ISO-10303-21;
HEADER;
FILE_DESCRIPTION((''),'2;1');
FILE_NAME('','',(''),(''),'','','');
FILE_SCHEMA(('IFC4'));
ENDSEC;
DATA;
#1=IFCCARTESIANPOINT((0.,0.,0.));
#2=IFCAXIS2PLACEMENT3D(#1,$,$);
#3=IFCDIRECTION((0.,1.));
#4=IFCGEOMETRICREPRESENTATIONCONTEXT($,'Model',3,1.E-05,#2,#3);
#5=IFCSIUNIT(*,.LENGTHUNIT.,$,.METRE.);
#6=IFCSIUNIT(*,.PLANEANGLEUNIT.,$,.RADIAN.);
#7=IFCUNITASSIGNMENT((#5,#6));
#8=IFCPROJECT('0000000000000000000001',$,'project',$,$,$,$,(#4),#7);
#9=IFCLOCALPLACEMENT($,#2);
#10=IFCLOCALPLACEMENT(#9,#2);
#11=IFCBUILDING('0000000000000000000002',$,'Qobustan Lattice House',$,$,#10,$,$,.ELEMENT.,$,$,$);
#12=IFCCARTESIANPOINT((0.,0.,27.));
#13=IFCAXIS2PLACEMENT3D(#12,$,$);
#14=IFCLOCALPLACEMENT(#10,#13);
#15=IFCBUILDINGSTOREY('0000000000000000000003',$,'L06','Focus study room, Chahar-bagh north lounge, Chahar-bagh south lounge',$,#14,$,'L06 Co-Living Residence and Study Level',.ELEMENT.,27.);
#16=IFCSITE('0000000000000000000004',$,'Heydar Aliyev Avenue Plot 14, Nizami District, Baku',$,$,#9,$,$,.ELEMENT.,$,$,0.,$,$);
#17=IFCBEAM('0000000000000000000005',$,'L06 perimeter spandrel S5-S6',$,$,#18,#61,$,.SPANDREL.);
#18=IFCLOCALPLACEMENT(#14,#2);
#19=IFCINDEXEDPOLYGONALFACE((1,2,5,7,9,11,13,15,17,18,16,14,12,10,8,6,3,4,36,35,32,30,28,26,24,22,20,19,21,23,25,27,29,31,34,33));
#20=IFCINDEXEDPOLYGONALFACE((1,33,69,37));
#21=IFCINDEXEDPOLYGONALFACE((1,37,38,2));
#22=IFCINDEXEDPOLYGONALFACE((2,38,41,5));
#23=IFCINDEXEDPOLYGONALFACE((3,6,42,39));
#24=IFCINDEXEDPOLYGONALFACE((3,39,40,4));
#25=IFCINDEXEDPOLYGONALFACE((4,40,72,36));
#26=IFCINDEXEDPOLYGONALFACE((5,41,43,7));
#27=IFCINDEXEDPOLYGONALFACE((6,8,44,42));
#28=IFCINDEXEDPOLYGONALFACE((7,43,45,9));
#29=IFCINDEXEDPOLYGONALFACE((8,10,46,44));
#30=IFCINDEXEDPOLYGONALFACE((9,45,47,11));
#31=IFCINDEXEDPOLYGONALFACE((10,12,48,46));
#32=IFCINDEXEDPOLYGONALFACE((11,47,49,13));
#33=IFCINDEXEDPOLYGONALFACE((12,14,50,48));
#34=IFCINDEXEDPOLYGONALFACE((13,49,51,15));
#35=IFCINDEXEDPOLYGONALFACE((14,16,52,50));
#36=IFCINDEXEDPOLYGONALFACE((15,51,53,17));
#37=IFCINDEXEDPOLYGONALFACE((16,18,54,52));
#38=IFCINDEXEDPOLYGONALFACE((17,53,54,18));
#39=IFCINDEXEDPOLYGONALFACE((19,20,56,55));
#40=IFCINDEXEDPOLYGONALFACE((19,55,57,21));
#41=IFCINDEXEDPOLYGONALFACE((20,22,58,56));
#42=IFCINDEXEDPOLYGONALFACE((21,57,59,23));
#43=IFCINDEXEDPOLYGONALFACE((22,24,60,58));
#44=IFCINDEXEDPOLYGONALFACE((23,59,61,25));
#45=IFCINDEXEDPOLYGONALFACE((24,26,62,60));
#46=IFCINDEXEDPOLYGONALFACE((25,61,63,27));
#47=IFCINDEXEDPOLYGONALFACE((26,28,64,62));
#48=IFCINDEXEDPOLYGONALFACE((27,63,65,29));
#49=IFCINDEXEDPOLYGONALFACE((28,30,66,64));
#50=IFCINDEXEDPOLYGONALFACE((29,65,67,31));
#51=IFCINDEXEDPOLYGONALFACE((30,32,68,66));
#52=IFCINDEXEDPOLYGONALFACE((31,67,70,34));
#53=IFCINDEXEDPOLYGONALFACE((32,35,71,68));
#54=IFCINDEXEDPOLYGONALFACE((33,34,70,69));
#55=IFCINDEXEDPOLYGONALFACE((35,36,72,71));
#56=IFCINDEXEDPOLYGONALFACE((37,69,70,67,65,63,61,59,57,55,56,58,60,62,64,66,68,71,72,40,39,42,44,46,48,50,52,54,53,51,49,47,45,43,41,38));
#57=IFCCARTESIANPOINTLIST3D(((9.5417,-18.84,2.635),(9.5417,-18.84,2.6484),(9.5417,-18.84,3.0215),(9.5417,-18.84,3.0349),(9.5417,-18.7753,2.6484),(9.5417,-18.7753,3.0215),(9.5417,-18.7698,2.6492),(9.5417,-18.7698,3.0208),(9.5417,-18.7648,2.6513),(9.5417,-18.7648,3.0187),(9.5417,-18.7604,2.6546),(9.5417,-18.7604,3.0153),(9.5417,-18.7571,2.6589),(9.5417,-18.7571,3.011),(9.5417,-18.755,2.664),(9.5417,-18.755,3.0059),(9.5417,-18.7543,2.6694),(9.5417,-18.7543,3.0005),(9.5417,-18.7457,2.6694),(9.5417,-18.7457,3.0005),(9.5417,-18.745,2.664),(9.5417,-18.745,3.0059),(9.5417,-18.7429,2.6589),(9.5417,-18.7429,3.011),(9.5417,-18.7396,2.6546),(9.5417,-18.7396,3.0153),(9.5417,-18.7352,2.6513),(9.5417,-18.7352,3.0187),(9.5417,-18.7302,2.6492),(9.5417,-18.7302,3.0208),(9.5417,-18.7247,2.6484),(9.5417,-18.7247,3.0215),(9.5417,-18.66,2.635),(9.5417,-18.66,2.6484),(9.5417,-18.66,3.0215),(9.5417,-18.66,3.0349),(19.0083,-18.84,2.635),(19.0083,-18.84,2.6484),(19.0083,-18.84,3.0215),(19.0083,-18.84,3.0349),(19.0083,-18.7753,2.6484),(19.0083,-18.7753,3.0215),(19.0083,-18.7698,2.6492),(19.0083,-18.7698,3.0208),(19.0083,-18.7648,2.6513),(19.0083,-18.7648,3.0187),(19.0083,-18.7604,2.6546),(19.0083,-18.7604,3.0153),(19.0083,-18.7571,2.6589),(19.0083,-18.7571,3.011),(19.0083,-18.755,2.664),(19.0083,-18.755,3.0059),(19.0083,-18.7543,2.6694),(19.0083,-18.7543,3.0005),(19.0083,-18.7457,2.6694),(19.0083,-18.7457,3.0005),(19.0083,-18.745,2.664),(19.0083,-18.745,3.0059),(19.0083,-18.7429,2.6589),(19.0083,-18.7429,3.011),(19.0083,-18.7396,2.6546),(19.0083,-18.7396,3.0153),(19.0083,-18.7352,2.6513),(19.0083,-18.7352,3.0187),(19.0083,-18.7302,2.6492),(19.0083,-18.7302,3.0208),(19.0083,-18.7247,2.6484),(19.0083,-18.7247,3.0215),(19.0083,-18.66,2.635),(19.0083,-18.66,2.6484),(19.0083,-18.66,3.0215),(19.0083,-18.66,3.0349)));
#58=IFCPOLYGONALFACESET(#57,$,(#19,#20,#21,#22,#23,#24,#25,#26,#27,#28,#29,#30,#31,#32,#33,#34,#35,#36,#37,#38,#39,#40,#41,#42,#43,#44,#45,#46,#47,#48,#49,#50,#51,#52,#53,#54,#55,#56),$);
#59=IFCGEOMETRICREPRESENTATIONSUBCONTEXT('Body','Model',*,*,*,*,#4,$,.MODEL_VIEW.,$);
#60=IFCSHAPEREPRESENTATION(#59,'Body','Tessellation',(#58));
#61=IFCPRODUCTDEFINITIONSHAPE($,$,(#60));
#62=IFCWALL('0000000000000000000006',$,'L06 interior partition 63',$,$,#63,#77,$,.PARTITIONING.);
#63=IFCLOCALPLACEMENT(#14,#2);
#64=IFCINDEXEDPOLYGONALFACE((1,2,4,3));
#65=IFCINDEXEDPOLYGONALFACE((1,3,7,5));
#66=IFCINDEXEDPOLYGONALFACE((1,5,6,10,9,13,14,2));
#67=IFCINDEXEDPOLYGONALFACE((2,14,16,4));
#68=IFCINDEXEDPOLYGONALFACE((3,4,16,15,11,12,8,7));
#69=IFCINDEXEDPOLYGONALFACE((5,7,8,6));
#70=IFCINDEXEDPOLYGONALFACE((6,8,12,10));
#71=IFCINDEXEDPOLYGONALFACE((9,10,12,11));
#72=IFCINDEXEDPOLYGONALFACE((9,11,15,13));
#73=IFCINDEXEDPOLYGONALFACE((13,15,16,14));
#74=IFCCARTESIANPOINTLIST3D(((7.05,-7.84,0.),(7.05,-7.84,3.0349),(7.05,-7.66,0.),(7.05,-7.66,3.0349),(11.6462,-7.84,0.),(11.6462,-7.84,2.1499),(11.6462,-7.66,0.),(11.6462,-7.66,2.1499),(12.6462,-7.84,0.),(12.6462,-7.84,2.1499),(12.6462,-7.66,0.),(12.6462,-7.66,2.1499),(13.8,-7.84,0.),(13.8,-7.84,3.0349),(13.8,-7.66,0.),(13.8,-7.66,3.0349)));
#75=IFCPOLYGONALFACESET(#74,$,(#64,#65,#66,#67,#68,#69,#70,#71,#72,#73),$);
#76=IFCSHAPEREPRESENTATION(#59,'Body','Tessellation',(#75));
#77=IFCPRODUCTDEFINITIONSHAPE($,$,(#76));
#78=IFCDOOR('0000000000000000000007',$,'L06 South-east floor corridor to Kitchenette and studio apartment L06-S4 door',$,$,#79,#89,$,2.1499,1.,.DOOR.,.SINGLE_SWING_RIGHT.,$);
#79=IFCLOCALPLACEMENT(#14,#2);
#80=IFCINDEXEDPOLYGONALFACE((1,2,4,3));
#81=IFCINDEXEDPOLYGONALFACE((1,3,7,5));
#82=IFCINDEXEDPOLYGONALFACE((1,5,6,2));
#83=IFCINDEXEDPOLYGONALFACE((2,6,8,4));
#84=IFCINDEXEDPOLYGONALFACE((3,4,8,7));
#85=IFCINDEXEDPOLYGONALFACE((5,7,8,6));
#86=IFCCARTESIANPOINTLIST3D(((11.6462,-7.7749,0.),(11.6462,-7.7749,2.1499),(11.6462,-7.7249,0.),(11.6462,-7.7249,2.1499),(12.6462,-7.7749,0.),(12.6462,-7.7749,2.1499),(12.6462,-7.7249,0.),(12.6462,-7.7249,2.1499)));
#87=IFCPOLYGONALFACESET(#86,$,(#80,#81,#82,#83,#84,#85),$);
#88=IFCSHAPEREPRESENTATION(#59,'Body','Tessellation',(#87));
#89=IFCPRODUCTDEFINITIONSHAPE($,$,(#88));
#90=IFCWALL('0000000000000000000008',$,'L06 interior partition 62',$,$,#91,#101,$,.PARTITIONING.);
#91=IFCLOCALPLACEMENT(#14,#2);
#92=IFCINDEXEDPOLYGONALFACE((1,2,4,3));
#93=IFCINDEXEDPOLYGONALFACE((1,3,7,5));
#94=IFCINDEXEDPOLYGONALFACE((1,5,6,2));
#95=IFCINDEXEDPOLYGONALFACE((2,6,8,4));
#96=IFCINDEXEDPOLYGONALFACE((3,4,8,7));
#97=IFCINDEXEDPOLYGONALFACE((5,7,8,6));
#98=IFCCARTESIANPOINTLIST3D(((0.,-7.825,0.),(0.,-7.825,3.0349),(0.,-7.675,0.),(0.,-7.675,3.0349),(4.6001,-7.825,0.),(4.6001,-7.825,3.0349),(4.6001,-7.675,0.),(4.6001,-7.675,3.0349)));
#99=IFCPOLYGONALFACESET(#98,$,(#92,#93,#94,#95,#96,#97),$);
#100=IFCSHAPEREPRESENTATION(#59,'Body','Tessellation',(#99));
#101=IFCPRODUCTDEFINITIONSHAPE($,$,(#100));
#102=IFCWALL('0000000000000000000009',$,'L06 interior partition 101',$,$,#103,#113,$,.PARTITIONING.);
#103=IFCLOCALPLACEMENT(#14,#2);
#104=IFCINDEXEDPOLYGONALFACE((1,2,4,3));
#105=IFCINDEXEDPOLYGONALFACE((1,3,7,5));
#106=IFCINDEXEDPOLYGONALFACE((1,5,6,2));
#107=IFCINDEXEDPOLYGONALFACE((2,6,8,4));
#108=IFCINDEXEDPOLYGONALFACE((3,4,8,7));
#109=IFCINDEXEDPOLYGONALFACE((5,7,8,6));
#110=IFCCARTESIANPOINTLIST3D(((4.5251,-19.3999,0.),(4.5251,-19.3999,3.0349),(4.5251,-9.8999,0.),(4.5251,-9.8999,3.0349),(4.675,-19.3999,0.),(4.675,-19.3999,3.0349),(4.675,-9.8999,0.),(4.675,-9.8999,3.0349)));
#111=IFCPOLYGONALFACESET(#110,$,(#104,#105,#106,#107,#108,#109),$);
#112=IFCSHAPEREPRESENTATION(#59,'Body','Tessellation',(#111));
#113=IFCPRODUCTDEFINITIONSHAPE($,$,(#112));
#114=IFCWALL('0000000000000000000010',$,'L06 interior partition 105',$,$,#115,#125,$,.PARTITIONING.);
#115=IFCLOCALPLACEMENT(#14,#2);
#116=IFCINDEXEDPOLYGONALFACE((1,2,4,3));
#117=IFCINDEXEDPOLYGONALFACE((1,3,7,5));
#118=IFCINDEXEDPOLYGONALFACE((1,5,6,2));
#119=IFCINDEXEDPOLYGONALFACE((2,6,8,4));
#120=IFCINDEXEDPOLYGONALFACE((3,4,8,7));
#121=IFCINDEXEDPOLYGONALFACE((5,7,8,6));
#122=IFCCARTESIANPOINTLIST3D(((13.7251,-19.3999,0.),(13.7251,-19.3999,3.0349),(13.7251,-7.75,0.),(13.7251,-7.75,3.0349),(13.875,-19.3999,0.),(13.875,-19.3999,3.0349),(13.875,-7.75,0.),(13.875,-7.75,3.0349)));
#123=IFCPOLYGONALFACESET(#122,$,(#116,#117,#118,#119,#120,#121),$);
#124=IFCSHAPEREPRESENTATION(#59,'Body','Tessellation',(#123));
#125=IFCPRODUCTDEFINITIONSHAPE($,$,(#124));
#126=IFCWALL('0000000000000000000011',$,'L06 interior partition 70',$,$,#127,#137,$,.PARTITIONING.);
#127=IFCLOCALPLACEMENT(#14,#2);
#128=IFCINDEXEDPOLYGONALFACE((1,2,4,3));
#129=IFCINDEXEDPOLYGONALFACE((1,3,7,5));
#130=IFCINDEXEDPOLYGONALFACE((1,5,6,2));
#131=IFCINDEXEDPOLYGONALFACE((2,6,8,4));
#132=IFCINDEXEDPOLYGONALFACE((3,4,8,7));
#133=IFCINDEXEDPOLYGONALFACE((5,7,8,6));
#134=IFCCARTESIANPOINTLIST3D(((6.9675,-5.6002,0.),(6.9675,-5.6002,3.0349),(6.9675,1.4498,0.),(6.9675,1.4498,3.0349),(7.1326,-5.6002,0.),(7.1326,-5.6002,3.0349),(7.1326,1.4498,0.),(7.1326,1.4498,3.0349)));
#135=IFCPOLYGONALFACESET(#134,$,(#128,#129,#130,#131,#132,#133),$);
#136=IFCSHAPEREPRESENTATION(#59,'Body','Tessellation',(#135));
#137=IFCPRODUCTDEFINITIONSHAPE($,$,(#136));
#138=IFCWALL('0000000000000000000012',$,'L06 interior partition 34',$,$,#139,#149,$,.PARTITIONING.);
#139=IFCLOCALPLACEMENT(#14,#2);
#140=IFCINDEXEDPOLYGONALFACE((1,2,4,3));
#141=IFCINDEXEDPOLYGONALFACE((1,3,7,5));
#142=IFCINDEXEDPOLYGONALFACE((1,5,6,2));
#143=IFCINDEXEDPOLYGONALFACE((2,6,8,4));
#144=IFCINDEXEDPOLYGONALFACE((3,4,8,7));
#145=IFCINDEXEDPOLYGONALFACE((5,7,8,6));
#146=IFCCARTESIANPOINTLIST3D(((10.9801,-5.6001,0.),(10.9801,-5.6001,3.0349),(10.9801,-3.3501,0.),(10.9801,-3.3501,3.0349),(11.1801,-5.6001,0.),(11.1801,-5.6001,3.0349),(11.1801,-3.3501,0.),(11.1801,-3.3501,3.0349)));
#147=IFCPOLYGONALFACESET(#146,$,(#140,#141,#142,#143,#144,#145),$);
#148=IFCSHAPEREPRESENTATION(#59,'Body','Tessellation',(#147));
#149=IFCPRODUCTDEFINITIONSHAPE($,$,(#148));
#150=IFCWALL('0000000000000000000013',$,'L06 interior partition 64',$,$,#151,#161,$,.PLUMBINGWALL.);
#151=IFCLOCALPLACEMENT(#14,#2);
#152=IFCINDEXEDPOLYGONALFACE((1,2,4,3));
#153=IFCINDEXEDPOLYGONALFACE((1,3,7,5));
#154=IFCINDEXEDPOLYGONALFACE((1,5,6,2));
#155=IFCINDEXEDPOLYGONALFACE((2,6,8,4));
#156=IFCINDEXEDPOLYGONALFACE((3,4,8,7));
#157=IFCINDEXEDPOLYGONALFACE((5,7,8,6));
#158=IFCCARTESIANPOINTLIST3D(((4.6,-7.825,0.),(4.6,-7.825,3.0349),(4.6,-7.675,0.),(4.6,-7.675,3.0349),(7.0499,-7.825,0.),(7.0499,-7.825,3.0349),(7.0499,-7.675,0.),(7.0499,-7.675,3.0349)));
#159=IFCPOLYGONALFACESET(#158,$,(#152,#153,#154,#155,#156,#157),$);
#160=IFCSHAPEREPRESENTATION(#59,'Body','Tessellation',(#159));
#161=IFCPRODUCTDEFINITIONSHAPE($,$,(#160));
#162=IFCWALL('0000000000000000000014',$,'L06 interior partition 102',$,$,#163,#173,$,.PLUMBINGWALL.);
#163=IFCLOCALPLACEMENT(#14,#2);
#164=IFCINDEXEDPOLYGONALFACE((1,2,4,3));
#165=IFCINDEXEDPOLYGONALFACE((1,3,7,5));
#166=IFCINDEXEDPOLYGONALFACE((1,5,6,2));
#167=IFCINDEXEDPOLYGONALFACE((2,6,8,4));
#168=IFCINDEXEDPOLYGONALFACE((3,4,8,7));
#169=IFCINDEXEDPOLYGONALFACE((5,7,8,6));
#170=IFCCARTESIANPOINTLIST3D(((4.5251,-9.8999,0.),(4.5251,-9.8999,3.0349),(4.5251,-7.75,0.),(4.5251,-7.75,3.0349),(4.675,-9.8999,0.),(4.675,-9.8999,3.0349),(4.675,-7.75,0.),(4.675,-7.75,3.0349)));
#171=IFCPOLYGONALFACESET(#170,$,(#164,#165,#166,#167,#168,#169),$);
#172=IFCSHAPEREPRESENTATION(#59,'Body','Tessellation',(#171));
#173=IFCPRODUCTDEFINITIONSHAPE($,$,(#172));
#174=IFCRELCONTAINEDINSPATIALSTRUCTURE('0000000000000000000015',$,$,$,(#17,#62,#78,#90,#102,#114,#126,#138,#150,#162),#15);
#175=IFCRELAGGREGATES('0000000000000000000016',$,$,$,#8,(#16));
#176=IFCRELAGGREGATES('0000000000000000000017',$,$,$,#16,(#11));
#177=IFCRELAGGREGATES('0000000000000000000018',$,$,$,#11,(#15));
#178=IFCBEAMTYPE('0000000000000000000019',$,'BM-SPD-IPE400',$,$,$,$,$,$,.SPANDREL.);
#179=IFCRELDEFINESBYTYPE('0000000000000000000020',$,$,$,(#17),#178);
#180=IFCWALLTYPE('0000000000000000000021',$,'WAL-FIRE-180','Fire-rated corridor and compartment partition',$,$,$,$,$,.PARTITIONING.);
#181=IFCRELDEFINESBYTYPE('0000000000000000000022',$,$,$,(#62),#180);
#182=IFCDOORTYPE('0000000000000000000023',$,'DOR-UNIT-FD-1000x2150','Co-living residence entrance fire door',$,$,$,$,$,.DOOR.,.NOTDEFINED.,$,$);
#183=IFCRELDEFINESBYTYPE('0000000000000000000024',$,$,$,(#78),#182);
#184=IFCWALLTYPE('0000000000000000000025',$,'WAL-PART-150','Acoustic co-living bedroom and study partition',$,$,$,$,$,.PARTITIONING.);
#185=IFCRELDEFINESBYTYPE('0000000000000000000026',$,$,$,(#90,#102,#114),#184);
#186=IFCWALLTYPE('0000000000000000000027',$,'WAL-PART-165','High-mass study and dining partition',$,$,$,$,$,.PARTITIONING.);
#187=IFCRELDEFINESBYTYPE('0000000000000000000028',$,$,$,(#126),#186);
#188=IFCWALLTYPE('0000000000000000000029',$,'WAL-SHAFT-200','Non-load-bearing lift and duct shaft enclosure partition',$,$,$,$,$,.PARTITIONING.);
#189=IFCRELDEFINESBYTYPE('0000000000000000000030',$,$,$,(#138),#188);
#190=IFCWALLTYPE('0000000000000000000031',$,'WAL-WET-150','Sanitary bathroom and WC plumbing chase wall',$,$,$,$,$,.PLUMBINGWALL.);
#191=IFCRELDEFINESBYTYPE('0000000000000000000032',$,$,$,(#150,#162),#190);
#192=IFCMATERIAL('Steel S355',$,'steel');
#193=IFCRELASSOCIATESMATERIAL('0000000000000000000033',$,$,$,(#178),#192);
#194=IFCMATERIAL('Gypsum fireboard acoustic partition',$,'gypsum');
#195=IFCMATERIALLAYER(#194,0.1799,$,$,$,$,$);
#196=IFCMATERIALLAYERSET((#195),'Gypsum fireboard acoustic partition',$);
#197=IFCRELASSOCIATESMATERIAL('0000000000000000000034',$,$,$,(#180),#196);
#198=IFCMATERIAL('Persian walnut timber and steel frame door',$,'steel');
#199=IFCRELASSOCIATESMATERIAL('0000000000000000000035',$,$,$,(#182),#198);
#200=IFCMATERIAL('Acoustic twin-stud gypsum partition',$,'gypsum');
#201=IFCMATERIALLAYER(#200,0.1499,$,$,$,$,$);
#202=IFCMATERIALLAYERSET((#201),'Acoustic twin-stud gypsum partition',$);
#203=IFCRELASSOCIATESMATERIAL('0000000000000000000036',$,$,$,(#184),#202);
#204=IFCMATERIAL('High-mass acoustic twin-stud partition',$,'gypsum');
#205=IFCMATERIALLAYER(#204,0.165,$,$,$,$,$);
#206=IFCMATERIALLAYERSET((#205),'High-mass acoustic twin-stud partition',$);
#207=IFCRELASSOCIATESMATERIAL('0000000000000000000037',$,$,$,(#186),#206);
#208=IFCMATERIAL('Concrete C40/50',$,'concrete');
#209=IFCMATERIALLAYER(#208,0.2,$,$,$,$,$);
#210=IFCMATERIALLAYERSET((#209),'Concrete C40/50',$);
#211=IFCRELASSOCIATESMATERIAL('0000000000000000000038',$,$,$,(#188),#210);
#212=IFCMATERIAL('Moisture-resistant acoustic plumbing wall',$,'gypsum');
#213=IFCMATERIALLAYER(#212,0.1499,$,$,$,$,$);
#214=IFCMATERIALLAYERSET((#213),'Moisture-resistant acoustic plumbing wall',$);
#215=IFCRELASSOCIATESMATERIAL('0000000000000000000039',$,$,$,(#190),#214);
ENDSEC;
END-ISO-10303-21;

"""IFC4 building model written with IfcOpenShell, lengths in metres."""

from ifc_helpers import new_model, si_unit, direction, frame, frame_2d, origin, origin_2d, place, context, subcontext, project, spatial, rectangle, i_section, extrude, material, layer, layer_set, material_profile, profile_set, type_object, element, fill, save


model = new_model("IFC4")

# Units and contexts
model_context = context("Model", 3, precision=1e-05, world=origin(), true_north=direction((0.0, 1.0)))
body_context = subcontext(model_context, "Body", "Model", "MODEL_VIEW")
ifc_project = project(units=[si_unit("LENGTHUNIT", "METRE"), si_unit("PLANEANGLEUNIT", "RADIAN")], contexts=[model_context])

# Site, building, storey
site_placement = place(None, origin())
site = spatial("IfcSite", under=ifc_project, at=site_placement, Name="Heydar Aliyev Avenue Plot 14, Nizami District, Baku", CompositionType="ELEMENT", RefElevation=0.0)
building_placement = place(site_placement, origin())
building = spatial("IfcBuilding", under=site, at=building_placement, Name="Qobustan Lattice House", CompositionType="ELEMENT")
storey_placement = place(building_placement, frame((0.0, 0.0, 27.0)))
storey = spatial("IfcBuildingStorey", under=building, at=storey_placement, Name="L06", Description="Focus study room, Chahar-bagh north lounge, Chahar-bagh south lounge", LongName="L06 Co-Living Residence and Study Level", CompositionType="ELEMENT", Elevation=27.0)

# Beam
ifc_material_1 = material(Name="Steel S355", Category="steel")
ifc_material_profile_1 = material_profile(ifc_material_1, i_section(OverallWidth=0.1799, OverallDepth=0.3999, WebThickness=0.0085, FlangeThickness=0.0134, FilletRadius=0.021, at=origin_2d()), Name="IPE400")
ifc_profile_set_1 = profile_set([ifc_material_profile_1], Name="Steel S355")
beam_type_1 = type_object("IfcBeamType", Name="BM-SPD-IPE400", PredefinedType="SPANDREL", material=ifc_profile_set_1)
beam_1_placement = place(storey_placement, frame((9.5417, -18.75, 2.835), z_axis=(1.0, 0.0, 0.0), x_axis=(0.0, 1.0, 0.0)))
element("IfcBeam", 1, at=beam_1_placement, inside=storey, type_object=beam_type_1, Name="L06 perimeter spandrel S5-S6", PredefinedType="SPANDREL", context=body_context, shape_type="SweptSolid", body=[
    extrude(i_section(OverallWidth=0.1799, OverallDepth=0.3999, WebThickness=0.0085, FlangeThickness=0.0134, FilletRadius=0.021, at=origin_2d()), origin(), (0.0, 0.0, 1.0), 9.4666),
])

# Wall, opening, door
ifc_material_2 = material(Name="Gypsum fireboard acoustic partition", Category="gypsum")
ifc_layer_1 = layer(ifc_material_2, 0.1799)
ifc_layer_set_1 = layer_set([ifc_layer_1], Name="Gypsum fireboard acoustic partition")
wall_type_1 = type_object("IfcWallType", Name="WAL-FIRE-180", Description="Fire-rated corridor and compartment partition", PredefinedType="PARTITIONING", material=ifc_layer_set_1)
wall_1_placement = place(storey_placement, frame((13.8, -7.75, 0.0), z_axis=(0.0, 0.0, 1.0), x_axis=(-1.0, 0.0, 0.0)))
wall_1 = element("IfcWall", 2, at=wall_1_placement, inside=storey, type_object=wall_type_1, Name="L06 interior partition 63", PredefinedType="PARTITIONING", context=body_context, shape_type="SweptSolid", body=[
    extrude(rectangle(XDim=6.75, YDim=0.1799, at=frame_2d((3.375, 0.0))), origin(), (0.0, 0.0, 1.0), 3.0349),
])
opening_1_placement = place(wall_1_placement, frame((1.1538, 0.0, 0.0)))
opening_1 = element("IfcOpeningElement", 3, at=opening_1_placement, cuts=wall_1, PredefinedType="OPENING", context=body_context, shape_type="SweptSolid", body=[
    extrude(rectangle(XDim=1.0, YDim=2.1499, at=frame_2d((0.5, 1.075))), frame((0.0, 0.0999, 0.0), z_axis=(0.0, -1.0, 0.0), x_axis=(1.0, 0.0, 0.0)), (0.0, 0.0, 1.0), 0.2),
])
ifc_material_3 = material(Name="Persian walnut timber and steel frame door", Category="steel")
door_type_1 = type_object("IfcDoorType", Name="DOR-UNIT-FD-1000x2150", Description="Co-living residence entrance fire door", OperationType="NOTDEFINED", PredefinedType="DOOR", material=ifc_material_3)
door_1_placement = place(opening_1_placement, origin())
door_1 = element("IfcDoor", 4, at=door_1_placement, inside=storey, type_object=door_type_1, Name="L06 South-east floor corridor to Kitchenette and studio apartment L06-S4 door", OperationType="SINGLE_SWING_RIGHT", OverallHeight=2.1499, OverallWidth=1.0, PredefinedType="DOOR", context=body_context, shape_type="SweptSolid", body=[
    extrude(rectangle(XDim=1.0, YDim=2.1499, at=frame_2d((0.5, 1.075))), frame((0.0, 0.0249, 0.0), z_axis=(0.0, -1.0, 0.0), x_axis=(1.0, 0.0, 0.0)), (0.0, 0.0, 1.0), 0.05),
])
fill(opening_1, door_1)

# Wall
ifc_material_4 = material(Name="Acoustic twin-stud gypsum partition", Category="gypsum")
ifc_layer_2 = layer(ifc_material_4, 0.1499)
ifc_layer_set_2 = layer_set([ifc_layer_2], Name="Acoustic twin-stud gypsum partition")
wall_type_2 = type_object("IfcWallType", Name="WAL-PART-150", Description="Acoustic co-living bedroom and study partition", PredefinedType="PARTITIONING", material=ifc_layer_set_2)
wall_2_placement = place(storey_placement, frame((4.6001, -7.75, 0.0), z_axis=(0.0, 0.0, 1.0), x_axis=(-1.0, 0.0, 0.0)))
element("IfcWall", 5, at=wall_2_placement, inside=storey, type_object=wall_type_2, Name="L06 interior partition 62", PredefinedType="PARTITIONING", context=body_context, shape_type="SweptSolid", body=[
    extrude(rectangle(XDim=4.6001, YDim=0.1499, at=frame_2d((2.3, 0.0))), origin(), (0.0, 0.0, 1.0), 3.0349),
])

# Walls
wall_3_placement = place(storey_placement, frame((4.6001, -9.8999, 0.0), z_axis=(0.0, 0.0, 1.0), x_axis=(0.0, -1.0, 0.0)))
element("IfcWall", 6, at=wall_3_placement, inside=storey, type_object=wall_type_2, Name="L06 interior partition 101", PredefinedType="PARTITIONING", context=body_context, shape_type="SweptSolid", body=[
    extrude(rectangle(XDim=9.5, YDim=0.1499, at=frame_2d((4.75, 0.0))), origin(), (0.0, 0.0, 1.0), 3.0349),
])
wall_4_placement = place(storey_placement, frame((13.8, -7.75, 0.0), z_axis=(0.0, 0.0, 1.0), x_axis=(0.0, -1.0, 0.0)))
element("IfcWall", 7, at=wall_4_placement, inside=storey, type_object=wall_type_2, Name="L06 interior partition 105", PredefinedType="PARTITIONING", context=body_context, shape_type="SweptSolid", body=[
    extrude(rectangle(XDim=11.6499, YDim=0.1499, at=frame_2d((5.825, 0.0))), origin(), (0.0, 0.0, 1.0), 3.0349),
])
ifc_material_5 = material(Name="High-mass acoustic twin-stud partition", Category="gypsum")
ifc_layer_3 = layer(ifc_material_5, 0.165)
ifc_layer_set_3 = layer_set([ifc_layer_3], Name="High-mass acoustic twin-stud partition")
wall_type_3 = type_object("IfcWallType", Name="WAL-PART-165", Description="High-mass study and dining partition", PredefinedType="PARTITIONING", material=ifc_layer_set_3)
wall_5_placement = place(storey_placement, frame((7.05, -5.6001, 0.0), z_axis=(0.0, 0.0, 1.0), x_axis=(0.0, 1.0, 0.0)))
element("IfcWall", 8, at=wall_5_placement, inside=storey, type_object=wall_type_3, Name="L06 interior partition 70", PredefinedType="PARTITIONING", context=body_context, shape_type="SweptSolid", body=[
    extrude(rectangle(XDim=7.05, YDim=0.165, at=frame_2d((3.5249, 0.0))), origin(), (0.0, 0.0, 1.0), 3.0349),
])
ifc_material_6 = material(Name="Concrete C40/50", Category="concrete")
ifc_layer_4 = layer(ifc_material_6, 0.2)
ifc_layer_set_4 = layer_set([ifc_layer_4], Name="Concrete C40/50")
wall_type_4 = type_object("IfcWallType", Name="WAL-SHAFT-200", Description="Non-load-bearing lift and duct shaft enclosure partition", PredefinedType="PARTITIONING", material=ifc_layer_set_4)
wall_6_placement = place(storey_placement, frame((11.0801, -5.6001, 0.0), z_axis=(0.0, 0.0, 1.0), x_axis=(0.0, 1.0, 0.0)))
element("IfcWall", 9, at=wall_6_placement, inside=storey, type_object=wall_type_4, Name="L06 interior partition 34", PredefinedType="PARTITIONING", context=body_context, shape_type="SweptSolid", body=[
    extrude(rectangle(XDim=2.25, YDim=0.2, at=frame_2d((1.125, 0.0))), origin(), (0.0, 0.0, 1.0), 3.0349),
])
ifc_material_7 = material(Name="Moisture-resistant acoustic plumbing wall", Category="gypsum")
ifc_layer_5 = layer(ifc_material_7, 0.1499)
ifc_layer_set_5 = layer_set([ifc_layer_5], Name="Moisture-resistant acoustic plumbing wall")
wall_type_5 = type_object("IfcWallType", Name="WAL-WET-150", Description="Sanitary bathroom and WC plumbing chase wall", PredefinedType="PLUMBINGWALL", material=ifc_layer_set_5)
wall_7_placement = place(storey_placement, frame((7.05, -7.75, 0.0), z_axis=(0.0, 0.0, 1.0), x_axis=(-1.0, 0.0, 0.0)))
element("IfcWall", 10, at=wall_7_placement, inside=storey, type_object=wall_type_5, Name="L06 interior partition 64", PredefinedType="PLUMBINGWALL", context=body_context, shape_type="SweptSolid", body=[
    extrude(rectangle(XDim=2.45, YDim=0.1499, at=frame_2d((1.2251, 0.0))), origin(), (0.0, 0.0, 1.0), 3.0349),
])
wall_8_placement = place(storey_placement, frame((4.6001, -7.75, 0.0), z_axis=(0.0, 0.0, 1.0), x_axis=(0.0, -1.0, 0.0)))
element("IfcWall", 11, at=wall_8_placement, inside=storey, type_object=wall_type_5, Name="L06 interior partition 102", PredefinedType="PLUMBINGWALL", context=body_context, shape_type="SweptSolid", body=[
    extrude(rectangle(XDim=2.1499, YDim=0.1499, at=frame_2d((1.075, 0.0))), origin(), (0.0, 0.0, 1.0), 3.0349),
])

save(model, "model.ifc")
